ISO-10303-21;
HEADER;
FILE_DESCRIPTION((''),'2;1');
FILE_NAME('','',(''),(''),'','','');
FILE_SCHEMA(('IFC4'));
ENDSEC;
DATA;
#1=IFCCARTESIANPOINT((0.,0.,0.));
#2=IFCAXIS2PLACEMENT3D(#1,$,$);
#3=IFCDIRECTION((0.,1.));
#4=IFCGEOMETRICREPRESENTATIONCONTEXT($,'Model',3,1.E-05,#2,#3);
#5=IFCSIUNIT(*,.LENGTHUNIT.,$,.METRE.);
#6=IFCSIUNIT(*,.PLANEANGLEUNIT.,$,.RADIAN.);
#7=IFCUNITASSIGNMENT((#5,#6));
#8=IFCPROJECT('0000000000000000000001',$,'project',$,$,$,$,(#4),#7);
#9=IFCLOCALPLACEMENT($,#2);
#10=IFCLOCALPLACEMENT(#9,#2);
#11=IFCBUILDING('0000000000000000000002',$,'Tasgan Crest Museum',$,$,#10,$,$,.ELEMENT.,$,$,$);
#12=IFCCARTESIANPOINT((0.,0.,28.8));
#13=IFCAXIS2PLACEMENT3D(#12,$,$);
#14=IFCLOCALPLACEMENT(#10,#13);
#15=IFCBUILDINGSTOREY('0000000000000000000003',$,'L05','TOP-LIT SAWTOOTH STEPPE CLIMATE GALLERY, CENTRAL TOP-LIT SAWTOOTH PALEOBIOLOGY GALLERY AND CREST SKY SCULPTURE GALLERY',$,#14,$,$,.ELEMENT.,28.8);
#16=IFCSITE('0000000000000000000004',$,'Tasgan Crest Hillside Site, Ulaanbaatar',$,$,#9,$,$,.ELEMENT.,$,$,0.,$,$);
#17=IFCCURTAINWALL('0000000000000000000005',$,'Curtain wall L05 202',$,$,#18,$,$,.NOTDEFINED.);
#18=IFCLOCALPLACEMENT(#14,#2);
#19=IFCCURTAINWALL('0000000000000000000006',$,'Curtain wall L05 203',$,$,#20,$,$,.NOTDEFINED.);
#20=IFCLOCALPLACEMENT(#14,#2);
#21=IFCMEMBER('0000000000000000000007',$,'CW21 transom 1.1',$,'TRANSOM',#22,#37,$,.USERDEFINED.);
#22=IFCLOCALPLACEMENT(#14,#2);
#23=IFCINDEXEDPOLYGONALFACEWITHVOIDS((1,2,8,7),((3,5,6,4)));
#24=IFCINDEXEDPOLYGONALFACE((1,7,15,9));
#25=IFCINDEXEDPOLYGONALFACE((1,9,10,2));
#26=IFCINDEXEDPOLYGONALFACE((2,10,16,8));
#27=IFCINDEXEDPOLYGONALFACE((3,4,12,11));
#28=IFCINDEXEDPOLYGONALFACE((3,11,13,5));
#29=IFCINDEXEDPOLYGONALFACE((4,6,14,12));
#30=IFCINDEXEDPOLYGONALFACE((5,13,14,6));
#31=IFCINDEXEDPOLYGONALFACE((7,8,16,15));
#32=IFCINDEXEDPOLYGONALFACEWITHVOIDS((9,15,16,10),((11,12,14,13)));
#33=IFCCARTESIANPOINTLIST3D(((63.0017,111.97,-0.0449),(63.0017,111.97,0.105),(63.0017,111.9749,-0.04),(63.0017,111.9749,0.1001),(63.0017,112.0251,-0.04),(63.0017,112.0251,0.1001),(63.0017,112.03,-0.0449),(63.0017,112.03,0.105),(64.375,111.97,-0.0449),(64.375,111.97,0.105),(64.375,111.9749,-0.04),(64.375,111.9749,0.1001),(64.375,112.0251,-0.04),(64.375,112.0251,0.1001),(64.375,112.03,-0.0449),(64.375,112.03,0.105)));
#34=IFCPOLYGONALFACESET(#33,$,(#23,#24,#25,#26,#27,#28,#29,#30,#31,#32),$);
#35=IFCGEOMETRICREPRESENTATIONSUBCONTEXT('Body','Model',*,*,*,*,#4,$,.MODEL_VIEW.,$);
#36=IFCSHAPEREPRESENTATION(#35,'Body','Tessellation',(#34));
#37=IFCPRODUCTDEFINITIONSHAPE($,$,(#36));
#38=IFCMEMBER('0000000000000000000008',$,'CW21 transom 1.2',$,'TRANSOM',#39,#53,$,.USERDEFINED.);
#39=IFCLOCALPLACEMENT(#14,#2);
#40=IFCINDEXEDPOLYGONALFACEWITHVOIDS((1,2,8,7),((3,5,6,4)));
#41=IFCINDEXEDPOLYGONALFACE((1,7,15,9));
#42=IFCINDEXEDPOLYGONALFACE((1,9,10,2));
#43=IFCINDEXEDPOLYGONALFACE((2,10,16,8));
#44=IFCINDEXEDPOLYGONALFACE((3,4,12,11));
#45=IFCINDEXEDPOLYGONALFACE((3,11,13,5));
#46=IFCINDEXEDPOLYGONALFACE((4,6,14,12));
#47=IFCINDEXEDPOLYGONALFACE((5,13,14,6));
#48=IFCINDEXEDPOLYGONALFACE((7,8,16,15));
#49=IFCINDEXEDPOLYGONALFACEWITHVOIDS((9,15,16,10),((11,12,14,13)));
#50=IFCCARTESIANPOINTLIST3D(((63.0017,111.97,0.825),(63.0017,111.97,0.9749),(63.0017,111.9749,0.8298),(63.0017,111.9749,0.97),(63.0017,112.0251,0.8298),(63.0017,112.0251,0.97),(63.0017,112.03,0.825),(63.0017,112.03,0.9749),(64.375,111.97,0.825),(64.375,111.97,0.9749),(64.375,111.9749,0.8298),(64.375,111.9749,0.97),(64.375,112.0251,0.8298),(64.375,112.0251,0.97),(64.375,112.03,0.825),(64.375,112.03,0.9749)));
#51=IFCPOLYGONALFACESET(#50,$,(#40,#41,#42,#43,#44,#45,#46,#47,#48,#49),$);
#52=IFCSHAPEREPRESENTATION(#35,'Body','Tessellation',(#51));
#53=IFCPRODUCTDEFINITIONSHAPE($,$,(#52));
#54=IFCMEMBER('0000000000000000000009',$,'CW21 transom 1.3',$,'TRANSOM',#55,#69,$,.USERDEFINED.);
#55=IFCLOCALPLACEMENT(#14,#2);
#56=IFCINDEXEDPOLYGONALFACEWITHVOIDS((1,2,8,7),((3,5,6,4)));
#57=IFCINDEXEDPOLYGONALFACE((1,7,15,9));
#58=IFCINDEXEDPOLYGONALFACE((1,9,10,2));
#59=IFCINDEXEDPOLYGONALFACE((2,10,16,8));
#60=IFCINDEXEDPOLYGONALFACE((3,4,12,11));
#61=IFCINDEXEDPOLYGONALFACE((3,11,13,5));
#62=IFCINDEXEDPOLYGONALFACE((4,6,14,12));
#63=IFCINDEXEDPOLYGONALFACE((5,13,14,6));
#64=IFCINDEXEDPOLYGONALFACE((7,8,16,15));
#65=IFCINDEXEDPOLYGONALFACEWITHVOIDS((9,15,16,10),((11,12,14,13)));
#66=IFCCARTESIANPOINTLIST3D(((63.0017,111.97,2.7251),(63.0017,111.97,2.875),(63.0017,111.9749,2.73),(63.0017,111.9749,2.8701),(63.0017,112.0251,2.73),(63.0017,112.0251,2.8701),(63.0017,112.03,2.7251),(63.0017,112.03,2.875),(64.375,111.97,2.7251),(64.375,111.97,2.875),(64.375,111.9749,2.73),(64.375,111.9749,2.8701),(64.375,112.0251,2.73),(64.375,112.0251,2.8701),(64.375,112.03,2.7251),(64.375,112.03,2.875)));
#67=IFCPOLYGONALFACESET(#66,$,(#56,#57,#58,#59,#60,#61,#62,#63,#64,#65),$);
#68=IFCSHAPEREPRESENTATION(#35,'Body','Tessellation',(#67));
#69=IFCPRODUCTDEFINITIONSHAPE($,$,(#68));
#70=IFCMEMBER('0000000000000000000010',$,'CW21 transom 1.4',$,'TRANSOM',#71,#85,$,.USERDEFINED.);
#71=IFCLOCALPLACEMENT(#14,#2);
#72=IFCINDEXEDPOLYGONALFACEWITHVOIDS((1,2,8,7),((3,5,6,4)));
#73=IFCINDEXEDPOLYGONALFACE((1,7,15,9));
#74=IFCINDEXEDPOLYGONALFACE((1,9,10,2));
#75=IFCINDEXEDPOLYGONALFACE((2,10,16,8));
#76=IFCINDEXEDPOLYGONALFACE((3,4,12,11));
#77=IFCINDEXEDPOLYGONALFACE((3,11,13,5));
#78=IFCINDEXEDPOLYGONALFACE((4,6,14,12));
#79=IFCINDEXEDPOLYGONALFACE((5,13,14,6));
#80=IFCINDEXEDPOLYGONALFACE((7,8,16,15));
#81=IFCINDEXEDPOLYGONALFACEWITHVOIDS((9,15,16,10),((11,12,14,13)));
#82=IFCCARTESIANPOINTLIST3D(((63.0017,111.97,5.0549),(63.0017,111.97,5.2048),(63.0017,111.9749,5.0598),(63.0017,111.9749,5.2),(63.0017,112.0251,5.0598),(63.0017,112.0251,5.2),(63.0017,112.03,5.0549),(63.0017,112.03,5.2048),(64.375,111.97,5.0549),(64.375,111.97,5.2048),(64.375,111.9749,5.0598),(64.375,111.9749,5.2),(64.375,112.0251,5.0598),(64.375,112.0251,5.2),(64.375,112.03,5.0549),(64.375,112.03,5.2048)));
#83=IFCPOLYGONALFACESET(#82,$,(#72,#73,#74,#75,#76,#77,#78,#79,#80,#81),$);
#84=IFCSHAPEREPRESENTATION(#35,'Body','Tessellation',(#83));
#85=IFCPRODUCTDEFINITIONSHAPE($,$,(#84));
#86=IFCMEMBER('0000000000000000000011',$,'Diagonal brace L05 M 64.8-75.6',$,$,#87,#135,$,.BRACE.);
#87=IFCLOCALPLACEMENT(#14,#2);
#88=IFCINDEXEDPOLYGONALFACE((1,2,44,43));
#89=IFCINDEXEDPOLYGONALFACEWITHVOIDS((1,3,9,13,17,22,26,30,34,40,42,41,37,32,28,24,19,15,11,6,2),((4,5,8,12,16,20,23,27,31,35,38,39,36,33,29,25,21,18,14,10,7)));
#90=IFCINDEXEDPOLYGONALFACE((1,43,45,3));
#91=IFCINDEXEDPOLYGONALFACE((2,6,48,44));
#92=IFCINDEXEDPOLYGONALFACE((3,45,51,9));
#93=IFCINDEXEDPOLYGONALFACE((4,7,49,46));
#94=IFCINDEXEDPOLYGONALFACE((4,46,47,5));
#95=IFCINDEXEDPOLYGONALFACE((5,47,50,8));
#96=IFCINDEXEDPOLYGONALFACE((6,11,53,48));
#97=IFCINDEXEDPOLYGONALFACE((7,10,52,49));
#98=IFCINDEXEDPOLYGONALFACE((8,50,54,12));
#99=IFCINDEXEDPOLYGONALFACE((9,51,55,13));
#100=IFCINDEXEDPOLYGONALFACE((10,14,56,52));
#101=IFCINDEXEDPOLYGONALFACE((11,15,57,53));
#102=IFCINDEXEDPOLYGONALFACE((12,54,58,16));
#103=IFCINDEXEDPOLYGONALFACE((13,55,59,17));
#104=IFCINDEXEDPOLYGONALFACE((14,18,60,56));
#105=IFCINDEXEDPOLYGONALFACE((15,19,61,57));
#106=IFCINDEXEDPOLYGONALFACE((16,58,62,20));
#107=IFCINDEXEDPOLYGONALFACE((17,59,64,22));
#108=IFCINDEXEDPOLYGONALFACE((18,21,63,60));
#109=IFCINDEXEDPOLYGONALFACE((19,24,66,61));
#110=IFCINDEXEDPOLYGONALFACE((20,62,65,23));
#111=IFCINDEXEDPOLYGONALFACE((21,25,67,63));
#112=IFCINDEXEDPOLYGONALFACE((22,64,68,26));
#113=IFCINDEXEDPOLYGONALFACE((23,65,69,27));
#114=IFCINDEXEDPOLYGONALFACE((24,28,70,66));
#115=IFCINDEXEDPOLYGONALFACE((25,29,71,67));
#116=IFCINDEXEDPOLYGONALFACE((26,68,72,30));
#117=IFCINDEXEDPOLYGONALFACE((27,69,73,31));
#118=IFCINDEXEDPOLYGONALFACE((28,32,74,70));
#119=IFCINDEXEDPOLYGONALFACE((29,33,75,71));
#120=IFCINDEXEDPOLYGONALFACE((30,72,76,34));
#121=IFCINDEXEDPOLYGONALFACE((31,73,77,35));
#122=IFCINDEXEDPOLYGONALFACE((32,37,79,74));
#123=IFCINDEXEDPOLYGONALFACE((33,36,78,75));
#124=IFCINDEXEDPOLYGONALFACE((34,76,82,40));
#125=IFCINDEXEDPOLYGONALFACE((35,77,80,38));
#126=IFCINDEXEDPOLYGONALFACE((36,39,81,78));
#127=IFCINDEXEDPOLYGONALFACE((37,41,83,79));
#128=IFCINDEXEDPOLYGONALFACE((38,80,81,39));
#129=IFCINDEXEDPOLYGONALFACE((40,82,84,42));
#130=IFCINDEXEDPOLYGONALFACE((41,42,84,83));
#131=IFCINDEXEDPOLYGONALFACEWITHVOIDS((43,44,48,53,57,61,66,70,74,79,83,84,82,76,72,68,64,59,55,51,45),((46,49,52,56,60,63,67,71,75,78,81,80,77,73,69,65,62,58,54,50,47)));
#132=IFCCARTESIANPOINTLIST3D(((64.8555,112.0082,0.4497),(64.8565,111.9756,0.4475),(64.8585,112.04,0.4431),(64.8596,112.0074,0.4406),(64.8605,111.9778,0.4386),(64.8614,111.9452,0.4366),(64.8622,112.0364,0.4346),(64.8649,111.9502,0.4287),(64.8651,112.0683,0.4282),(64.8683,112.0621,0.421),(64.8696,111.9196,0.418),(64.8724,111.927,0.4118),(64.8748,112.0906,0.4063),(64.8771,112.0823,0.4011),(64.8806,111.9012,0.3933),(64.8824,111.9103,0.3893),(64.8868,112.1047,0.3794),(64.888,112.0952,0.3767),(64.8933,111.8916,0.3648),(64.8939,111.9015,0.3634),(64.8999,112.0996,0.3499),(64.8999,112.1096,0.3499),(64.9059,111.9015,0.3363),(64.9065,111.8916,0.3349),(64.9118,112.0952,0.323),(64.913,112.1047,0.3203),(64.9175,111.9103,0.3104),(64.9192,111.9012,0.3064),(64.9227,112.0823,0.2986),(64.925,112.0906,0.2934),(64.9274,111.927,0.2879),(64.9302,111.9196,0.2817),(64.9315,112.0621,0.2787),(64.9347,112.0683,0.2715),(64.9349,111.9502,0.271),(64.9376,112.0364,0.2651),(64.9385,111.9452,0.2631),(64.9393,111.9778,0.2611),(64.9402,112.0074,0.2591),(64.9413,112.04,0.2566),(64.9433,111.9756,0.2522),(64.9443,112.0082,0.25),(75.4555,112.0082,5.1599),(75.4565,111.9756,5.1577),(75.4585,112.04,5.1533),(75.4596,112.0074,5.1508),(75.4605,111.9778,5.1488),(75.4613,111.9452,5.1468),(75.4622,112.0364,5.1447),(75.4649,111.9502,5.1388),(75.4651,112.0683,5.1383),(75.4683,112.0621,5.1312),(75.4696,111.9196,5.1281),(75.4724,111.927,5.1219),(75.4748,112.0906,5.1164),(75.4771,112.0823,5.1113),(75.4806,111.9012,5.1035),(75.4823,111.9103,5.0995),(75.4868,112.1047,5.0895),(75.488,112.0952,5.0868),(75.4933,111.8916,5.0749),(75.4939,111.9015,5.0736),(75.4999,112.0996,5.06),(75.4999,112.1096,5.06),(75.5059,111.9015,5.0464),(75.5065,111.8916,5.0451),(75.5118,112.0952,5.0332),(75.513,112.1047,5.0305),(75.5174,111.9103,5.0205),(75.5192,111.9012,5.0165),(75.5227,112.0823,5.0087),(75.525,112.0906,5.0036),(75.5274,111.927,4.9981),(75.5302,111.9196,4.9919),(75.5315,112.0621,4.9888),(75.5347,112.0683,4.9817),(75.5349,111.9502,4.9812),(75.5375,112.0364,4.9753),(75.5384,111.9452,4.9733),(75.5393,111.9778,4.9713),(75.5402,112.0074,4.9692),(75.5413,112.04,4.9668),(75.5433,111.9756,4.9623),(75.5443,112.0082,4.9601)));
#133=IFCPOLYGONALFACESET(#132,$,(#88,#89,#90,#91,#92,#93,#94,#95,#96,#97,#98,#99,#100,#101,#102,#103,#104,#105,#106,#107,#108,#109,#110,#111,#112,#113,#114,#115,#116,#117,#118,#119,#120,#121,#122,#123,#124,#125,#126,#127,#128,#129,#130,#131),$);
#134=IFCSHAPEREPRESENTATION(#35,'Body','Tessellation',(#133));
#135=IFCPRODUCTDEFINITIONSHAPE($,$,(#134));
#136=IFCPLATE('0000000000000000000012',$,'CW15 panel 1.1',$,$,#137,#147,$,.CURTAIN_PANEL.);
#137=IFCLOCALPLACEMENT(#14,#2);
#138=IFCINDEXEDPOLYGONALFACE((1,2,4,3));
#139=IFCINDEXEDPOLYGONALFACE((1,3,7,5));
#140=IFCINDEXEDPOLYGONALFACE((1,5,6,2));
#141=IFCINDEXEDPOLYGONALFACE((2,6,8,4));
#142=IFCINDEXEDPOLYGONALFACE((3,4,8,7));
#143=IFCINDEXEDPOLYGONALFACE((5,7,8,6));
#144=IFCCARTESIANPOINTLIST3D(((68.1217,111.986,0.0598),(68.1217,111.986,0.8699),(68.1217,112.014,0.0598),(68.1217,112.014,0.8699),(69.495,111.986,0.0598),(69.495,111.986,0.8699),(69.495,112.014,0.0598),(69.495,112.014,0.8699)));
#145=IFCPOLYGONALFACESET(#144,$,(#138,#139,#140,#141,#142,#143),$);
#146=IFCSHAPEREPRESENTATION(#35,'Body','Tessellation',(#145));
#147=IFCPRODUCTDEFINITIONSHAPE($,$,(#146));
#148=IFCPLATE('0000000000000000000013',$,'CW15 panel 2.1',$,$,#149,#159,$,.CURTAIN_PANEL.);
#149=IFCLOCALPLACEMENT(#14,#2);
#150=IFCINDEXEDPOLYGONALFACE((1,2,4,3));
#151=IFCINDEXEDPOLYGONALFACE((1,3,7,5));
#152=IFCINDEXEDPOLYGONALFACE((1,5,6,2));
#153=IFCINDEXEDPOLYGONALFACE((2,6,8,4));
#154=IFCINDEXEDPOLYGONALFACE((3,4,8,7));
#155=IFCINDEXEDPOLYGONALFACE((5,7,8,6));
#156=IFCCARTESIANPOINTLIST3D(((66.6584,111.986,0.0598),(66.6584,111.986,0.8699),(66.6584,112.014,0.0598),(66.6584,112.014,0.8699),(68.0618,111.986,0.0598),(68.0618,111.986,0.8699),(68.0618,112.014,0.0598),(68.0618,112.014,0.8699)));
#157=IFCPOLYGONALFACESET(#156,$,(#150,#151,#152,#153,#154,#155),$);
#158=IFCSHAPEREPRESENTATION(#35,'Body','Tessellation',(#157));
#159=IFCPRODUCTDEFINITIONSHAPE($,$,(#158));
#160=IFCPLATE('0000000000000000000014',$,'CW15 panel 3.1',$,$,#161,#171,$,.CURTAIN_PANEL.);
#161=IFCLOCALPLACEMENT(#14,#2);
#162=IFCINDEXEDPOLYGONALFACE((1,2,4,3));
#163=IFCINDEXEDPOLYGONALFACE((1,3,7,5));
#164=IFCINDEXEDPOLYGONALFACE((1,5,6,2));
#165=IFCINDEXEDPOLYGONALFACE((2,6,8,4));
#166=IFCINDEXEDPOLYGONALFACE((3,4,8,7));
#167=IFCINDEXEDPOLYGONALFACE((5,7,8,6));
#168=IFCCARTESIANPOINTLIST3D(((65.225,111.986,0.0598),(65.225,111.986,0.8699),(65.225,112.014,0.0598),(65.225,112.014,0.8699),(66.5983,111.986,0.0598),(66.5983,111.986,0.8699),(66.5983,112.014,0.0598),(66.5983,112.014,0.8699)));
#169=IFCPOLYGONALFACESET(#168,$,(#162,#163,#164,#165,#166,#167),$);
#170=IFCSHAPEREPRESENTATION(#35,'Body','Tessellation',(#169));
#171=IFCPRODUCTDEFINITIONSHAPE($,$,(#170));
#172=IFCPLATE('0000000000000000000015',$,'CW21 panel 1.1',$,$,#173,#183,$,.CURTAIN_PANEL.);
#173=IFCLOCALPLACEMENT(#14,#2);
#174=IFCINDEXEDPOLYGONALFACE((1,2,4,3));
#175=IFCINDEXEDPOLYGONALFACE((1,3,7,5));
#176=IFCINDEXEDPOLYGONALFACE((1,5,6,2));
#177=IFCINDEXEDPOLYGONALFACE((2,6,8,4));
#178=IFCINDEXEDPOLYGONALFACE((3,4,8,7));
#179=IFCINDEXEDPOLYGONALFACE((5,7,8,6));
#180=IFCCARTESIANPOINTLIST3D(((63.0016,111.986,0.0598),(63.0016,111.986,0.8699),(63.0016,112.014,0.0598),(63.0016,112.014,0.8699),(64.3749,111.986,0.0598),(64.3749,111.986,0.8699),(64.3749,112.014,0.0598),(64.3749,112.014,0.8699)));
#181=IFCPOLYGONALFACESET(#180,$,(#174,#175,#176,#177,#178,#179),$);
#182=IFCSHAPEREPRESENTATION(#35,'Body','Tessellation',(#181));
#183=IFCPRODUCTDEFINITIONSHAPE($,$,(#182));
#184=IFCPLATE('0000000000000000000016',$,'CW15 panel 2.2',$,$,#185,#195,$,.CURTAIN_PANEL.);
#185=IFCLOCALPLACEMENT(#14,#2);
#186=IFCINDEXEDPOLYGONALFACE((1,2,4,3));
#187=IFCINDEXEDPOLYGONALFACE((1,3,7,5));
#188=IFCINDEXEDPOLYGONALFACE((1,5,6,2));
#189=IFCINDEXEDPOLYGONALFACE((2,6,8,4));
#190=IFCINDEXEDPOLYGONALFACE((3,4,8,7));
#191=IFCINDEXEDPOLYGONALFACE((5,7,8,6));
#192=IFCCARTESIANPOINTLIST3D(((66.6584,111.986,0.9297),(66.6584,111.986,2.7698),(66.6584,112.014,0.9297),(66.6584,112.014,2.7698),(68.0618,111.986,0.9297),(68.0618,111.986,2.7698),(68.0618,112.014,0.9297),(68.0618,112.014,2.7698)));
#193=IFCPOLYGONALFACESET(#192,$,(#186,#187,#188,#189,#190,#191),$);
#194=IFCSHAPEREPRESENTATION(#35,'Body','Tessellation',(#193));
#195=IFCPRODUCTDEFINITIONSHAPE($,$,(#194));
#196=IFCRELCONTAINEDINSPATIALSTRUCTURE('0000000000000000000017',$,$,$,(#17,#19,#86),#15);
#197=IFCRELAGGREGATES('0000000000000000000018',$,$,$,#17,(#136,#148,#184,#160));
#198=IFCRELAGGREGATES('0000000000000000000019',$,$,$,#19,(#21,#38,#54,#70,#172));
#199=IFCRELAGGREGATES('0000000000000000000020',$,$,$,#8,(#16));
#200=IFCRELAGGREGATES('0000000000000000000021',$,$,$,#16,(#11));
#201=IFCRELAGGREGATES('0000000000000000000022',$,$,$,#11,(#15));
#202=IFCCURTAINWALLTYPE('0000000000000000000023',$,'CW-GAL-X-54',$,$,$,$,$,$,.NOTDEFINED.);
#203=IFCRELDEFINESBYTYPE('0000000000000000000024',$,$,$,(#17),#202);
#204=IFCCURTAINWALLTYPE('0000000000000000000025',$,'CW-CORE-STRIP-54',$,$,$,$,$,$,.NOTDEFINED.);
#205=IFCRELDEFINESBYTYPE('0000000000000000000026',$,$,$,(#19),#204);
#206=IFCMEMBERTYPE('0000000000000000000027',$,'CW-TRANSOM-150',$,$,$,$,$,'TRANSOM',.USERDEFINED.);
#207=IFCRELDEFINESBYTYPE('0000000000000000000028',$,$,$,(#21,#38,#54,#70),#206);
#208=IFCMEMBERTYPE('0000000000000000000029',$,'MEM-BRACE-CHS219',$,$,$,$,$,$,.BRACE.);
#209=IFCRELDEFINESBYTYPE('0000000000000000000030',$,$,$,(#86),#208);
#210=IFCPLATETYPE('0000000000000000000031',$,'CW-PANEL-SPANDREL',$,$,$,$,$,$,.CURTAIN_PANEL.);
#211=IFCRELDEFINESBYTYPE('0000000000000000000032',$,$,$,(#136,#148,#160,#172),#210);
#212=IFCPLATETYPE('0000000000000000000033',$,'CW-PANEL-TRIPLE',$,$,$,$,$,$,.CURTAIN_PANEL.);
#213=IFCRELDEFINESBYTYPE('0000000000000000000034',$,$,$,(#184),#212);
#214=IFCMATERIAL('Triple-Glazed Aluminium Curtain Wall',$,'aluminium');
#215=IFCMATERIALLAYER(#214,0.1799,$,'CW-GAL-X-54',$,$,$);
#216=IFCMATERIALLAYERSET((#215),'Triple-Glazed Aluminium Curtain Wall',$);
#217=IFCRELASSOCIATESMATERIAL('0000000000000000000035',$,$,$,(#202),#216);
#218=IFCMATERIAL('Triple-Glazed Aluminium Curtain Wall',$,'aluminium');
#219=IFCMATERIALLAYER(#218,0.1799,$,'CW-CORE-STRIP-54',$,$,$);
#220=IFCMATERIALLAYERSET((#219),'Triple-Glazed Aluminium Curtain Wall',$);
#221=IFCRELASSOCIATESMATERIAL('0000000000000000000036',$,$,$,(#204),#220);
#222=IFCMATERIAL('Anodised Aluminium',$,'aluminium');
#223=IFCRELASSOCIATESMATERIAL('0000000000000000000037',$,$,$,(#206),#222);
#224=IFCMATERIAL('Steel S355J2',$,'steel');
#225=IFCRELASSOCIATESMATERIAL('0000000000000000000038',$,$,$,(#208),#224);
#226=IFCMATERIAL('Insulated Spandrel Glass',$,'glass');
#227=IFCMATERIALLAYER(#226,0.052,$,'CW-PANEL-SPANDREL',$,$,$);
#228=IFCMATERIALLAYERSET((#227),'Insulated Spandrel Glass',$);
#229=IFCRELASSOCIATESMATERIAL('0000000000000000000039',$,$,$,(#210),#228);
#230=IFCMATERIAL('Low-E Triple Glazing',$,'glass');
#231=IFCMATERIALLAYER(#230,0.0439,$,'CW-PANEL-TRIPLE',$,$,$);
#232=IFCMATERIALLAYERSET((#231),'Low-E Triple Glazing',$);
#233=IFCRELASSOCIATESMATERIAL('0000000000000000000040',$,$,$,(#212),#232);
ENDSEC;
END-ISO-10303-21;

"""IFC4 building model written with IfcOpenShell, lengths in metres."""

from ifc_helpers import new_model, si_unit, direction, frame, origin, origin_2d, place, context, subcontext, project, spatial, rectangle, hollow_rectangle, hollow_circle, extrude, material, layer, layer_set, material_profile, profile_set, type_object, element, aggregate, save


model = new_model("IFC4")

# Units and contexts
model_context = context("Model", 3, precision=1e-05, world=origin(), true_north=direction((0.0, 1.0)))
body_context = subcontext(model_context, "Body", "Model", "MODEL_VIEW")
ifc_project = project(units=[si_unit("LENGTHUNIT", "METRE"), si_unit("PLANEANGLEUNIT", "RADIAN")], contexts=[model_context])

# Site, building, storey
site_placement = place(None, origin())
site = spatial("IfcSite", under=ifc_project, at=site_placement, Name="Tasgan Crest Hillside Site, Ulaanbaatar", CompositionType="ELEMENT", RefElevation=0.0)
building_placement = place(site_placement, origin())
building = spatial("IfcBuilding", under=site, at=building_placement, Name="Tasgan Crest Museum", CompositionType="ELEMENT")
storey_placement = place(building_placement, frame((0.0, 0.0, 28.8)))
storey = spatial("IfcBuildingStorey", under=building, at=storey_placement, Name="L05", Description="TOP-LIT SAWTOOTH STEPPE CLIMATE GALLERY, CENTRAL TOP-LIT SAWTOOTH PALEOBIOLOGY GALLERY AND CREST SKY SCULPTURE GALLERY", CompositionType="ELEMENT", Elevation=28.8)

# Curtain wall
ifc_material_1 = material(Name="Triple-Glazed Aluminium Curtain Wall", Category="aluminium")
ifc_layer_1 = layer(ifc_material_1, 0.1799, Name="CW-GAL-X-54")
ifc_layer_set_1 = layer_set([ifc_layer_1], Name="Triple-Glazed Aluminium Curtain Wall")
curtain_wall_type_1 = type_object("IfcCurtainWallType", Name="CW-GAL-X-54", PredefinedType="NOTDEFINED", material=ifc_layer_set_1)
curtain_wall_1_placement = place(storey_placement, origin())
curtain_wall_1 = element("IfcCurtainWall", 1, at=curtain_wall_1_placement, inside=storey, type_object=curtain_wall_type_1, Name="Curtain wall L05 202", PredefinedType="NOTDEFINED")

# Curtain wall
ifc_material_2 = material(Name="Triple-Glazed Aluminium Curtain Wall", Category="aluminium")
ifc_layer_2 = layer(ifc_material_2, 0.1799, Name="CW-CORE-STRIP-54")
ifc_layer_set_2 = layer_set([ifc_layer_2], Name="Triple-Glazed Aluminium Curtain Wall")
curtain_wall_type_2 = type_object("IfcCurtainWallType", Name="CW-CORE-STRIP-54", PredefinedType="NOTDEFINED", material=ifc_layer_set_2)
curtain_wall_2_placement = place(storey_placement, origin())
curtain_wall_2 = element("IfcCurtainWall", 2, at=curtain_wall_2_placement, inside=storey, type_object=curtain_wall_type_2, Name="Curtain wall L05 203", PredefinedType="NOTDEFINED")

# Members
ifc_material_3 = material(Name="Anodised Aluminium", Category="aluminium")
ifc_material_profile_1 = material_profile(ifc_material_3, hollow_rectangle(XDim=0.0601, YDim=0.1499, WallThickness=0.0049, at=origin_2d()), Name="ALU TRANSOM 150x60x5")
ifc_profile_set_1 = profile_set([ifc_material_profile_1], Name="Anodised Aluminium")
member_type_1 = type_object("IfcMemberType", Name="CW-TRANSOM-150", ElementType="TRANSOM", PredefinedType="USERDEFINED", material=ifc_profile_set_1)
member_1_placement = place(storey_placement, frame((64.375, 112.0, 0.03), z_axis=(-1.0, 0.0, 0.0), x_axis=(0.0, -1.0, 0.0)))
member_1 = element("IfcMember", 3, at=member_1_placement, type_object=member_type_1, Name="CW21 transom 1.1", ObjectType="TRANSOM", PredefinedType="USERDEFINED", context=body_context, shape_type="SweptSolid", body=[
    extrude(hollow_rectangle(XDim=0.0601, YDim=0.1499, WallThickness=0.0049, at=origin_2d()), origin(), (0.0, 0.0, 1.0), 1.3733),
])
member_2_placement = place(storey_placement, frame((64.375, 112.0, 0.8999), z_axis=(-1.0, 0.0, 0.0), x_axis=(0.0, -1.0, 0.0)))
member_2 = element("IfcMember", 4, at=member_2_placement, type_object=member_type_1, Name="CW21 transom 1.2", ObjectType="TRANSOM", PredefinedType="USERDEFINED", context=body_context, shape_type="SweptSolid", body=[
    extrude(hollow_rectangle(XDim=0.0601, YDim=0.1499, WallThickness=0.0049, at=origin_2d()), origin(), (0.0, 0.0, 1.0), 1.3733),
])
member_3_placement = place(storey_placement, frame((64.375, 112.0, 2.8), z_axis=(-1.0, 0.0, 0.0), x_axis=(0.0, -1.0, 0.0)))
member_3 = element("IfcMember", 5, at=member_3_placement, type_object=member_type_1, Name="CW21 transom 1.3", ObjectType="TRANSOM", PredefinedType="USERDEFINED", context=body_context, shape_type="SweptSolid", body=[
    extrude(hollow_rectangle(XDim=0.0601, YDim=0.1499, WallThickness=0.0049, at=origin_2d()), origin(), (0.0, 0.0, 1.0), 1.3733),
])
member_4_placement = place(storey_placement, frame((64.375, 112.0, 5.1299), z_axis=(-1.0, 0.0, 0.0), x_axis=(0.0, -1.0, 0.0)))
member_4 = element("IfcMember", 6, at=member_4_placement, type_object=member_type_1, Name="CW21 transom 1.4", ObjectType="TRANSOM", PredefinedType="USERDEFINED", context=body_context, shape_type="SweptSolid", body=[
    extrude(hollow_rectangle(XDim=0.0601, YDim=0.1499, WallThickness=0.0049, at=origin_2d()), origin(), (0.0, 0.0, 1.0), 1.3733),
])
ifc_material_4 = material(Name="Steel S355J2", Category="steel")
ifc_material_profile_2 = material_profile(ifc_material_4, hollow_circle(Radius=0.1096, WallThickness=0.01, at=origin_2d()), Name="CHS 219.1x10")
ifc_profile_set_2 = profile_set([ifc_material_profile_2], Name="Steel S355J2")
member_type_2 = type_object("IfcMemberType", Name="MEM-BRACE-CHS219", PredefinedType="BRACE", material=ifc_profile_set_2)
member_5_placement = place(storey_placement, frame((64.8999, 112.0, 0.3499), z_axis=(0.913842, 0.0, 0.40607), x_axis=(0.0, 1.0, 0.0)))
element("IfcMember", 7, at=member_5_placement, inside=storey, type_object=member_type_2, Name="Diagonal brace L05 M 64.8-75.6", PredefinedType="BRACE", context=body_context, shape_type="SweptSolid", body=[
    extrude(hollow_circle(Radius=0.1096, WallThickness=0.01, at=origin_2d()), origin(), (0.0, 0.0, 1.0), 11.5994),
])

# Plates
ifc_material_5 = material(Name="Insulated Spandrel Glass", Category="glass")
ifc_layer_3 = layer(ifc_material_5, 0.052, Name="CW-PANEL-SPANDREL")
ifc_layer_set_3 = layer_set([ifc_layer_3], Name="Insulated Spandrel Glass")
plate_type_1 = type_object("IfcPlateType", Name="CW-PANEL-SPANDREL", PredefinedType="CURTAIN_PANEL", material=ifc_layer_set_3)
plate_1_placement = place(storey_placement, frame((68.8083, 112.0, 0.0598), z_axis=(0.0, 0.0, 1.0), x_axis=(-1.0, 0.0, 0.0)))
plate_1 = element("IfcPlate", 8, at=plate_1_placement, type_object=plate_type_1, Name="CW15 panel 1.1", PredefinedType="CURTAIN_PANEL", context=body_context, shape_type="SweptSolid", body=[
    extrude(rectangle(XDim=1.3733, YDim=0.0281, at=origin_2d()), origin(), (0.0, 0.0, 1.0), 0.8101),
])
plate_2_placement = place(storey_placement, frame((67.3601, 112.0, 0.0598), z_axis=(0.0, 0.0, 1.0), x_axis=(-1.0, 0.0, 0.0)))
plate_2 = element("IfcPlate", 9, at=plate_2_placement, type_object=plate_type_1, Name="CW15 panel 2.1", PredefinedType="CURTAIN_PANEL", context=body_context, shape_type="SweptSolid", body=[
    extrude(rectangle(XDim=1.4033, YDim=0.0281, at=origin_2d()), origin(), (0.0, 0.0, 1.0), 0.8101),
])
plate_3_placement = place(storey_placement, frame((65.9116, 112.0, 0.0598), z_axis=(0.0, 0.0, 1.0), x_axis=(-1.0, 0.0, 0.0)))
plate_3 = element("IfcPlate", 10, at=plate_3_placement, type_object=plate_type_1, Name="CW15 panel 3.1", PredefinedType="CURTAIN_PANEL", context=body_context, shape_type="SweptSolid", body=[
    extrude(rectangle(XDim=1.3733, YDim=0.0281, at=origin_2d()), origin(), (0.0, 0.0, 1.0), 0.8101),
])
plate_4_placement = place(storey_placement, frame((63.6882, 112.0, 0.0598), z_axis=(0.0, 0.0, 1.0), x_axis=(-1.0, 0.0, 0.0)))
plate_4 = element("IfcPlate", 11, at=plate_4_placement, type_object=plate_type_1, Name="CW21 panel 1.1", PredefinedType="CURTAIN_PANEL", context=body_context, shape_type="SweptSolid", body=[
    extrude(rectangle(XDim=1.3733, YDim=0.0281, at=origin_2d()), origin(), (0.0, 0.0, 1.0), 0.8101),
])
ifc_material_6 = material(Name="Low-E Triple Glazing", Category="glass")
ifc_layer_4 = layer(ifc_material_6, 0.0439, Name="CW-PANEL-TRIPLE")
ifc_layer_set_4 = layer_set([ifc_layer_4], Name="Low-E Triple Glazing")
plate_type_2 = type_object("IfcPlateType", Name="CW-PANEL-TRIPLE", PredefinedType="CURTAIN_PANEL", material=ifc_layer_set_4)
plate_5_placement = place(storey_placement, frame((67.3601, 112.0, 0.9297), z_axis=(0.0, 0.0, 1.0), x_axis=(-1.0, 0.0, 0.0)))
plate_5 = element("IfcPlate", 12, at=plate_5_placement, type_object=plate_type_2, Name="CW15 panel 2.2", PredefinedType="CURTAIN_PANEL", context=body_context, shape_type="SweptSolid", body=[
    extrude(rectangle(XDim=1.4033, YDim=0.0281, at=origin_2d()), origin(), (0.0, 0.0, 1.0), 1.8401),
])
aggregate(curtain_wall_1, [plate_1, plate_2, plate_5, plate_3])
aggregate(curtain_wall_2, [member_1, member_2, member_3, member_4, plate_4])

save(model, "model.ifc")
